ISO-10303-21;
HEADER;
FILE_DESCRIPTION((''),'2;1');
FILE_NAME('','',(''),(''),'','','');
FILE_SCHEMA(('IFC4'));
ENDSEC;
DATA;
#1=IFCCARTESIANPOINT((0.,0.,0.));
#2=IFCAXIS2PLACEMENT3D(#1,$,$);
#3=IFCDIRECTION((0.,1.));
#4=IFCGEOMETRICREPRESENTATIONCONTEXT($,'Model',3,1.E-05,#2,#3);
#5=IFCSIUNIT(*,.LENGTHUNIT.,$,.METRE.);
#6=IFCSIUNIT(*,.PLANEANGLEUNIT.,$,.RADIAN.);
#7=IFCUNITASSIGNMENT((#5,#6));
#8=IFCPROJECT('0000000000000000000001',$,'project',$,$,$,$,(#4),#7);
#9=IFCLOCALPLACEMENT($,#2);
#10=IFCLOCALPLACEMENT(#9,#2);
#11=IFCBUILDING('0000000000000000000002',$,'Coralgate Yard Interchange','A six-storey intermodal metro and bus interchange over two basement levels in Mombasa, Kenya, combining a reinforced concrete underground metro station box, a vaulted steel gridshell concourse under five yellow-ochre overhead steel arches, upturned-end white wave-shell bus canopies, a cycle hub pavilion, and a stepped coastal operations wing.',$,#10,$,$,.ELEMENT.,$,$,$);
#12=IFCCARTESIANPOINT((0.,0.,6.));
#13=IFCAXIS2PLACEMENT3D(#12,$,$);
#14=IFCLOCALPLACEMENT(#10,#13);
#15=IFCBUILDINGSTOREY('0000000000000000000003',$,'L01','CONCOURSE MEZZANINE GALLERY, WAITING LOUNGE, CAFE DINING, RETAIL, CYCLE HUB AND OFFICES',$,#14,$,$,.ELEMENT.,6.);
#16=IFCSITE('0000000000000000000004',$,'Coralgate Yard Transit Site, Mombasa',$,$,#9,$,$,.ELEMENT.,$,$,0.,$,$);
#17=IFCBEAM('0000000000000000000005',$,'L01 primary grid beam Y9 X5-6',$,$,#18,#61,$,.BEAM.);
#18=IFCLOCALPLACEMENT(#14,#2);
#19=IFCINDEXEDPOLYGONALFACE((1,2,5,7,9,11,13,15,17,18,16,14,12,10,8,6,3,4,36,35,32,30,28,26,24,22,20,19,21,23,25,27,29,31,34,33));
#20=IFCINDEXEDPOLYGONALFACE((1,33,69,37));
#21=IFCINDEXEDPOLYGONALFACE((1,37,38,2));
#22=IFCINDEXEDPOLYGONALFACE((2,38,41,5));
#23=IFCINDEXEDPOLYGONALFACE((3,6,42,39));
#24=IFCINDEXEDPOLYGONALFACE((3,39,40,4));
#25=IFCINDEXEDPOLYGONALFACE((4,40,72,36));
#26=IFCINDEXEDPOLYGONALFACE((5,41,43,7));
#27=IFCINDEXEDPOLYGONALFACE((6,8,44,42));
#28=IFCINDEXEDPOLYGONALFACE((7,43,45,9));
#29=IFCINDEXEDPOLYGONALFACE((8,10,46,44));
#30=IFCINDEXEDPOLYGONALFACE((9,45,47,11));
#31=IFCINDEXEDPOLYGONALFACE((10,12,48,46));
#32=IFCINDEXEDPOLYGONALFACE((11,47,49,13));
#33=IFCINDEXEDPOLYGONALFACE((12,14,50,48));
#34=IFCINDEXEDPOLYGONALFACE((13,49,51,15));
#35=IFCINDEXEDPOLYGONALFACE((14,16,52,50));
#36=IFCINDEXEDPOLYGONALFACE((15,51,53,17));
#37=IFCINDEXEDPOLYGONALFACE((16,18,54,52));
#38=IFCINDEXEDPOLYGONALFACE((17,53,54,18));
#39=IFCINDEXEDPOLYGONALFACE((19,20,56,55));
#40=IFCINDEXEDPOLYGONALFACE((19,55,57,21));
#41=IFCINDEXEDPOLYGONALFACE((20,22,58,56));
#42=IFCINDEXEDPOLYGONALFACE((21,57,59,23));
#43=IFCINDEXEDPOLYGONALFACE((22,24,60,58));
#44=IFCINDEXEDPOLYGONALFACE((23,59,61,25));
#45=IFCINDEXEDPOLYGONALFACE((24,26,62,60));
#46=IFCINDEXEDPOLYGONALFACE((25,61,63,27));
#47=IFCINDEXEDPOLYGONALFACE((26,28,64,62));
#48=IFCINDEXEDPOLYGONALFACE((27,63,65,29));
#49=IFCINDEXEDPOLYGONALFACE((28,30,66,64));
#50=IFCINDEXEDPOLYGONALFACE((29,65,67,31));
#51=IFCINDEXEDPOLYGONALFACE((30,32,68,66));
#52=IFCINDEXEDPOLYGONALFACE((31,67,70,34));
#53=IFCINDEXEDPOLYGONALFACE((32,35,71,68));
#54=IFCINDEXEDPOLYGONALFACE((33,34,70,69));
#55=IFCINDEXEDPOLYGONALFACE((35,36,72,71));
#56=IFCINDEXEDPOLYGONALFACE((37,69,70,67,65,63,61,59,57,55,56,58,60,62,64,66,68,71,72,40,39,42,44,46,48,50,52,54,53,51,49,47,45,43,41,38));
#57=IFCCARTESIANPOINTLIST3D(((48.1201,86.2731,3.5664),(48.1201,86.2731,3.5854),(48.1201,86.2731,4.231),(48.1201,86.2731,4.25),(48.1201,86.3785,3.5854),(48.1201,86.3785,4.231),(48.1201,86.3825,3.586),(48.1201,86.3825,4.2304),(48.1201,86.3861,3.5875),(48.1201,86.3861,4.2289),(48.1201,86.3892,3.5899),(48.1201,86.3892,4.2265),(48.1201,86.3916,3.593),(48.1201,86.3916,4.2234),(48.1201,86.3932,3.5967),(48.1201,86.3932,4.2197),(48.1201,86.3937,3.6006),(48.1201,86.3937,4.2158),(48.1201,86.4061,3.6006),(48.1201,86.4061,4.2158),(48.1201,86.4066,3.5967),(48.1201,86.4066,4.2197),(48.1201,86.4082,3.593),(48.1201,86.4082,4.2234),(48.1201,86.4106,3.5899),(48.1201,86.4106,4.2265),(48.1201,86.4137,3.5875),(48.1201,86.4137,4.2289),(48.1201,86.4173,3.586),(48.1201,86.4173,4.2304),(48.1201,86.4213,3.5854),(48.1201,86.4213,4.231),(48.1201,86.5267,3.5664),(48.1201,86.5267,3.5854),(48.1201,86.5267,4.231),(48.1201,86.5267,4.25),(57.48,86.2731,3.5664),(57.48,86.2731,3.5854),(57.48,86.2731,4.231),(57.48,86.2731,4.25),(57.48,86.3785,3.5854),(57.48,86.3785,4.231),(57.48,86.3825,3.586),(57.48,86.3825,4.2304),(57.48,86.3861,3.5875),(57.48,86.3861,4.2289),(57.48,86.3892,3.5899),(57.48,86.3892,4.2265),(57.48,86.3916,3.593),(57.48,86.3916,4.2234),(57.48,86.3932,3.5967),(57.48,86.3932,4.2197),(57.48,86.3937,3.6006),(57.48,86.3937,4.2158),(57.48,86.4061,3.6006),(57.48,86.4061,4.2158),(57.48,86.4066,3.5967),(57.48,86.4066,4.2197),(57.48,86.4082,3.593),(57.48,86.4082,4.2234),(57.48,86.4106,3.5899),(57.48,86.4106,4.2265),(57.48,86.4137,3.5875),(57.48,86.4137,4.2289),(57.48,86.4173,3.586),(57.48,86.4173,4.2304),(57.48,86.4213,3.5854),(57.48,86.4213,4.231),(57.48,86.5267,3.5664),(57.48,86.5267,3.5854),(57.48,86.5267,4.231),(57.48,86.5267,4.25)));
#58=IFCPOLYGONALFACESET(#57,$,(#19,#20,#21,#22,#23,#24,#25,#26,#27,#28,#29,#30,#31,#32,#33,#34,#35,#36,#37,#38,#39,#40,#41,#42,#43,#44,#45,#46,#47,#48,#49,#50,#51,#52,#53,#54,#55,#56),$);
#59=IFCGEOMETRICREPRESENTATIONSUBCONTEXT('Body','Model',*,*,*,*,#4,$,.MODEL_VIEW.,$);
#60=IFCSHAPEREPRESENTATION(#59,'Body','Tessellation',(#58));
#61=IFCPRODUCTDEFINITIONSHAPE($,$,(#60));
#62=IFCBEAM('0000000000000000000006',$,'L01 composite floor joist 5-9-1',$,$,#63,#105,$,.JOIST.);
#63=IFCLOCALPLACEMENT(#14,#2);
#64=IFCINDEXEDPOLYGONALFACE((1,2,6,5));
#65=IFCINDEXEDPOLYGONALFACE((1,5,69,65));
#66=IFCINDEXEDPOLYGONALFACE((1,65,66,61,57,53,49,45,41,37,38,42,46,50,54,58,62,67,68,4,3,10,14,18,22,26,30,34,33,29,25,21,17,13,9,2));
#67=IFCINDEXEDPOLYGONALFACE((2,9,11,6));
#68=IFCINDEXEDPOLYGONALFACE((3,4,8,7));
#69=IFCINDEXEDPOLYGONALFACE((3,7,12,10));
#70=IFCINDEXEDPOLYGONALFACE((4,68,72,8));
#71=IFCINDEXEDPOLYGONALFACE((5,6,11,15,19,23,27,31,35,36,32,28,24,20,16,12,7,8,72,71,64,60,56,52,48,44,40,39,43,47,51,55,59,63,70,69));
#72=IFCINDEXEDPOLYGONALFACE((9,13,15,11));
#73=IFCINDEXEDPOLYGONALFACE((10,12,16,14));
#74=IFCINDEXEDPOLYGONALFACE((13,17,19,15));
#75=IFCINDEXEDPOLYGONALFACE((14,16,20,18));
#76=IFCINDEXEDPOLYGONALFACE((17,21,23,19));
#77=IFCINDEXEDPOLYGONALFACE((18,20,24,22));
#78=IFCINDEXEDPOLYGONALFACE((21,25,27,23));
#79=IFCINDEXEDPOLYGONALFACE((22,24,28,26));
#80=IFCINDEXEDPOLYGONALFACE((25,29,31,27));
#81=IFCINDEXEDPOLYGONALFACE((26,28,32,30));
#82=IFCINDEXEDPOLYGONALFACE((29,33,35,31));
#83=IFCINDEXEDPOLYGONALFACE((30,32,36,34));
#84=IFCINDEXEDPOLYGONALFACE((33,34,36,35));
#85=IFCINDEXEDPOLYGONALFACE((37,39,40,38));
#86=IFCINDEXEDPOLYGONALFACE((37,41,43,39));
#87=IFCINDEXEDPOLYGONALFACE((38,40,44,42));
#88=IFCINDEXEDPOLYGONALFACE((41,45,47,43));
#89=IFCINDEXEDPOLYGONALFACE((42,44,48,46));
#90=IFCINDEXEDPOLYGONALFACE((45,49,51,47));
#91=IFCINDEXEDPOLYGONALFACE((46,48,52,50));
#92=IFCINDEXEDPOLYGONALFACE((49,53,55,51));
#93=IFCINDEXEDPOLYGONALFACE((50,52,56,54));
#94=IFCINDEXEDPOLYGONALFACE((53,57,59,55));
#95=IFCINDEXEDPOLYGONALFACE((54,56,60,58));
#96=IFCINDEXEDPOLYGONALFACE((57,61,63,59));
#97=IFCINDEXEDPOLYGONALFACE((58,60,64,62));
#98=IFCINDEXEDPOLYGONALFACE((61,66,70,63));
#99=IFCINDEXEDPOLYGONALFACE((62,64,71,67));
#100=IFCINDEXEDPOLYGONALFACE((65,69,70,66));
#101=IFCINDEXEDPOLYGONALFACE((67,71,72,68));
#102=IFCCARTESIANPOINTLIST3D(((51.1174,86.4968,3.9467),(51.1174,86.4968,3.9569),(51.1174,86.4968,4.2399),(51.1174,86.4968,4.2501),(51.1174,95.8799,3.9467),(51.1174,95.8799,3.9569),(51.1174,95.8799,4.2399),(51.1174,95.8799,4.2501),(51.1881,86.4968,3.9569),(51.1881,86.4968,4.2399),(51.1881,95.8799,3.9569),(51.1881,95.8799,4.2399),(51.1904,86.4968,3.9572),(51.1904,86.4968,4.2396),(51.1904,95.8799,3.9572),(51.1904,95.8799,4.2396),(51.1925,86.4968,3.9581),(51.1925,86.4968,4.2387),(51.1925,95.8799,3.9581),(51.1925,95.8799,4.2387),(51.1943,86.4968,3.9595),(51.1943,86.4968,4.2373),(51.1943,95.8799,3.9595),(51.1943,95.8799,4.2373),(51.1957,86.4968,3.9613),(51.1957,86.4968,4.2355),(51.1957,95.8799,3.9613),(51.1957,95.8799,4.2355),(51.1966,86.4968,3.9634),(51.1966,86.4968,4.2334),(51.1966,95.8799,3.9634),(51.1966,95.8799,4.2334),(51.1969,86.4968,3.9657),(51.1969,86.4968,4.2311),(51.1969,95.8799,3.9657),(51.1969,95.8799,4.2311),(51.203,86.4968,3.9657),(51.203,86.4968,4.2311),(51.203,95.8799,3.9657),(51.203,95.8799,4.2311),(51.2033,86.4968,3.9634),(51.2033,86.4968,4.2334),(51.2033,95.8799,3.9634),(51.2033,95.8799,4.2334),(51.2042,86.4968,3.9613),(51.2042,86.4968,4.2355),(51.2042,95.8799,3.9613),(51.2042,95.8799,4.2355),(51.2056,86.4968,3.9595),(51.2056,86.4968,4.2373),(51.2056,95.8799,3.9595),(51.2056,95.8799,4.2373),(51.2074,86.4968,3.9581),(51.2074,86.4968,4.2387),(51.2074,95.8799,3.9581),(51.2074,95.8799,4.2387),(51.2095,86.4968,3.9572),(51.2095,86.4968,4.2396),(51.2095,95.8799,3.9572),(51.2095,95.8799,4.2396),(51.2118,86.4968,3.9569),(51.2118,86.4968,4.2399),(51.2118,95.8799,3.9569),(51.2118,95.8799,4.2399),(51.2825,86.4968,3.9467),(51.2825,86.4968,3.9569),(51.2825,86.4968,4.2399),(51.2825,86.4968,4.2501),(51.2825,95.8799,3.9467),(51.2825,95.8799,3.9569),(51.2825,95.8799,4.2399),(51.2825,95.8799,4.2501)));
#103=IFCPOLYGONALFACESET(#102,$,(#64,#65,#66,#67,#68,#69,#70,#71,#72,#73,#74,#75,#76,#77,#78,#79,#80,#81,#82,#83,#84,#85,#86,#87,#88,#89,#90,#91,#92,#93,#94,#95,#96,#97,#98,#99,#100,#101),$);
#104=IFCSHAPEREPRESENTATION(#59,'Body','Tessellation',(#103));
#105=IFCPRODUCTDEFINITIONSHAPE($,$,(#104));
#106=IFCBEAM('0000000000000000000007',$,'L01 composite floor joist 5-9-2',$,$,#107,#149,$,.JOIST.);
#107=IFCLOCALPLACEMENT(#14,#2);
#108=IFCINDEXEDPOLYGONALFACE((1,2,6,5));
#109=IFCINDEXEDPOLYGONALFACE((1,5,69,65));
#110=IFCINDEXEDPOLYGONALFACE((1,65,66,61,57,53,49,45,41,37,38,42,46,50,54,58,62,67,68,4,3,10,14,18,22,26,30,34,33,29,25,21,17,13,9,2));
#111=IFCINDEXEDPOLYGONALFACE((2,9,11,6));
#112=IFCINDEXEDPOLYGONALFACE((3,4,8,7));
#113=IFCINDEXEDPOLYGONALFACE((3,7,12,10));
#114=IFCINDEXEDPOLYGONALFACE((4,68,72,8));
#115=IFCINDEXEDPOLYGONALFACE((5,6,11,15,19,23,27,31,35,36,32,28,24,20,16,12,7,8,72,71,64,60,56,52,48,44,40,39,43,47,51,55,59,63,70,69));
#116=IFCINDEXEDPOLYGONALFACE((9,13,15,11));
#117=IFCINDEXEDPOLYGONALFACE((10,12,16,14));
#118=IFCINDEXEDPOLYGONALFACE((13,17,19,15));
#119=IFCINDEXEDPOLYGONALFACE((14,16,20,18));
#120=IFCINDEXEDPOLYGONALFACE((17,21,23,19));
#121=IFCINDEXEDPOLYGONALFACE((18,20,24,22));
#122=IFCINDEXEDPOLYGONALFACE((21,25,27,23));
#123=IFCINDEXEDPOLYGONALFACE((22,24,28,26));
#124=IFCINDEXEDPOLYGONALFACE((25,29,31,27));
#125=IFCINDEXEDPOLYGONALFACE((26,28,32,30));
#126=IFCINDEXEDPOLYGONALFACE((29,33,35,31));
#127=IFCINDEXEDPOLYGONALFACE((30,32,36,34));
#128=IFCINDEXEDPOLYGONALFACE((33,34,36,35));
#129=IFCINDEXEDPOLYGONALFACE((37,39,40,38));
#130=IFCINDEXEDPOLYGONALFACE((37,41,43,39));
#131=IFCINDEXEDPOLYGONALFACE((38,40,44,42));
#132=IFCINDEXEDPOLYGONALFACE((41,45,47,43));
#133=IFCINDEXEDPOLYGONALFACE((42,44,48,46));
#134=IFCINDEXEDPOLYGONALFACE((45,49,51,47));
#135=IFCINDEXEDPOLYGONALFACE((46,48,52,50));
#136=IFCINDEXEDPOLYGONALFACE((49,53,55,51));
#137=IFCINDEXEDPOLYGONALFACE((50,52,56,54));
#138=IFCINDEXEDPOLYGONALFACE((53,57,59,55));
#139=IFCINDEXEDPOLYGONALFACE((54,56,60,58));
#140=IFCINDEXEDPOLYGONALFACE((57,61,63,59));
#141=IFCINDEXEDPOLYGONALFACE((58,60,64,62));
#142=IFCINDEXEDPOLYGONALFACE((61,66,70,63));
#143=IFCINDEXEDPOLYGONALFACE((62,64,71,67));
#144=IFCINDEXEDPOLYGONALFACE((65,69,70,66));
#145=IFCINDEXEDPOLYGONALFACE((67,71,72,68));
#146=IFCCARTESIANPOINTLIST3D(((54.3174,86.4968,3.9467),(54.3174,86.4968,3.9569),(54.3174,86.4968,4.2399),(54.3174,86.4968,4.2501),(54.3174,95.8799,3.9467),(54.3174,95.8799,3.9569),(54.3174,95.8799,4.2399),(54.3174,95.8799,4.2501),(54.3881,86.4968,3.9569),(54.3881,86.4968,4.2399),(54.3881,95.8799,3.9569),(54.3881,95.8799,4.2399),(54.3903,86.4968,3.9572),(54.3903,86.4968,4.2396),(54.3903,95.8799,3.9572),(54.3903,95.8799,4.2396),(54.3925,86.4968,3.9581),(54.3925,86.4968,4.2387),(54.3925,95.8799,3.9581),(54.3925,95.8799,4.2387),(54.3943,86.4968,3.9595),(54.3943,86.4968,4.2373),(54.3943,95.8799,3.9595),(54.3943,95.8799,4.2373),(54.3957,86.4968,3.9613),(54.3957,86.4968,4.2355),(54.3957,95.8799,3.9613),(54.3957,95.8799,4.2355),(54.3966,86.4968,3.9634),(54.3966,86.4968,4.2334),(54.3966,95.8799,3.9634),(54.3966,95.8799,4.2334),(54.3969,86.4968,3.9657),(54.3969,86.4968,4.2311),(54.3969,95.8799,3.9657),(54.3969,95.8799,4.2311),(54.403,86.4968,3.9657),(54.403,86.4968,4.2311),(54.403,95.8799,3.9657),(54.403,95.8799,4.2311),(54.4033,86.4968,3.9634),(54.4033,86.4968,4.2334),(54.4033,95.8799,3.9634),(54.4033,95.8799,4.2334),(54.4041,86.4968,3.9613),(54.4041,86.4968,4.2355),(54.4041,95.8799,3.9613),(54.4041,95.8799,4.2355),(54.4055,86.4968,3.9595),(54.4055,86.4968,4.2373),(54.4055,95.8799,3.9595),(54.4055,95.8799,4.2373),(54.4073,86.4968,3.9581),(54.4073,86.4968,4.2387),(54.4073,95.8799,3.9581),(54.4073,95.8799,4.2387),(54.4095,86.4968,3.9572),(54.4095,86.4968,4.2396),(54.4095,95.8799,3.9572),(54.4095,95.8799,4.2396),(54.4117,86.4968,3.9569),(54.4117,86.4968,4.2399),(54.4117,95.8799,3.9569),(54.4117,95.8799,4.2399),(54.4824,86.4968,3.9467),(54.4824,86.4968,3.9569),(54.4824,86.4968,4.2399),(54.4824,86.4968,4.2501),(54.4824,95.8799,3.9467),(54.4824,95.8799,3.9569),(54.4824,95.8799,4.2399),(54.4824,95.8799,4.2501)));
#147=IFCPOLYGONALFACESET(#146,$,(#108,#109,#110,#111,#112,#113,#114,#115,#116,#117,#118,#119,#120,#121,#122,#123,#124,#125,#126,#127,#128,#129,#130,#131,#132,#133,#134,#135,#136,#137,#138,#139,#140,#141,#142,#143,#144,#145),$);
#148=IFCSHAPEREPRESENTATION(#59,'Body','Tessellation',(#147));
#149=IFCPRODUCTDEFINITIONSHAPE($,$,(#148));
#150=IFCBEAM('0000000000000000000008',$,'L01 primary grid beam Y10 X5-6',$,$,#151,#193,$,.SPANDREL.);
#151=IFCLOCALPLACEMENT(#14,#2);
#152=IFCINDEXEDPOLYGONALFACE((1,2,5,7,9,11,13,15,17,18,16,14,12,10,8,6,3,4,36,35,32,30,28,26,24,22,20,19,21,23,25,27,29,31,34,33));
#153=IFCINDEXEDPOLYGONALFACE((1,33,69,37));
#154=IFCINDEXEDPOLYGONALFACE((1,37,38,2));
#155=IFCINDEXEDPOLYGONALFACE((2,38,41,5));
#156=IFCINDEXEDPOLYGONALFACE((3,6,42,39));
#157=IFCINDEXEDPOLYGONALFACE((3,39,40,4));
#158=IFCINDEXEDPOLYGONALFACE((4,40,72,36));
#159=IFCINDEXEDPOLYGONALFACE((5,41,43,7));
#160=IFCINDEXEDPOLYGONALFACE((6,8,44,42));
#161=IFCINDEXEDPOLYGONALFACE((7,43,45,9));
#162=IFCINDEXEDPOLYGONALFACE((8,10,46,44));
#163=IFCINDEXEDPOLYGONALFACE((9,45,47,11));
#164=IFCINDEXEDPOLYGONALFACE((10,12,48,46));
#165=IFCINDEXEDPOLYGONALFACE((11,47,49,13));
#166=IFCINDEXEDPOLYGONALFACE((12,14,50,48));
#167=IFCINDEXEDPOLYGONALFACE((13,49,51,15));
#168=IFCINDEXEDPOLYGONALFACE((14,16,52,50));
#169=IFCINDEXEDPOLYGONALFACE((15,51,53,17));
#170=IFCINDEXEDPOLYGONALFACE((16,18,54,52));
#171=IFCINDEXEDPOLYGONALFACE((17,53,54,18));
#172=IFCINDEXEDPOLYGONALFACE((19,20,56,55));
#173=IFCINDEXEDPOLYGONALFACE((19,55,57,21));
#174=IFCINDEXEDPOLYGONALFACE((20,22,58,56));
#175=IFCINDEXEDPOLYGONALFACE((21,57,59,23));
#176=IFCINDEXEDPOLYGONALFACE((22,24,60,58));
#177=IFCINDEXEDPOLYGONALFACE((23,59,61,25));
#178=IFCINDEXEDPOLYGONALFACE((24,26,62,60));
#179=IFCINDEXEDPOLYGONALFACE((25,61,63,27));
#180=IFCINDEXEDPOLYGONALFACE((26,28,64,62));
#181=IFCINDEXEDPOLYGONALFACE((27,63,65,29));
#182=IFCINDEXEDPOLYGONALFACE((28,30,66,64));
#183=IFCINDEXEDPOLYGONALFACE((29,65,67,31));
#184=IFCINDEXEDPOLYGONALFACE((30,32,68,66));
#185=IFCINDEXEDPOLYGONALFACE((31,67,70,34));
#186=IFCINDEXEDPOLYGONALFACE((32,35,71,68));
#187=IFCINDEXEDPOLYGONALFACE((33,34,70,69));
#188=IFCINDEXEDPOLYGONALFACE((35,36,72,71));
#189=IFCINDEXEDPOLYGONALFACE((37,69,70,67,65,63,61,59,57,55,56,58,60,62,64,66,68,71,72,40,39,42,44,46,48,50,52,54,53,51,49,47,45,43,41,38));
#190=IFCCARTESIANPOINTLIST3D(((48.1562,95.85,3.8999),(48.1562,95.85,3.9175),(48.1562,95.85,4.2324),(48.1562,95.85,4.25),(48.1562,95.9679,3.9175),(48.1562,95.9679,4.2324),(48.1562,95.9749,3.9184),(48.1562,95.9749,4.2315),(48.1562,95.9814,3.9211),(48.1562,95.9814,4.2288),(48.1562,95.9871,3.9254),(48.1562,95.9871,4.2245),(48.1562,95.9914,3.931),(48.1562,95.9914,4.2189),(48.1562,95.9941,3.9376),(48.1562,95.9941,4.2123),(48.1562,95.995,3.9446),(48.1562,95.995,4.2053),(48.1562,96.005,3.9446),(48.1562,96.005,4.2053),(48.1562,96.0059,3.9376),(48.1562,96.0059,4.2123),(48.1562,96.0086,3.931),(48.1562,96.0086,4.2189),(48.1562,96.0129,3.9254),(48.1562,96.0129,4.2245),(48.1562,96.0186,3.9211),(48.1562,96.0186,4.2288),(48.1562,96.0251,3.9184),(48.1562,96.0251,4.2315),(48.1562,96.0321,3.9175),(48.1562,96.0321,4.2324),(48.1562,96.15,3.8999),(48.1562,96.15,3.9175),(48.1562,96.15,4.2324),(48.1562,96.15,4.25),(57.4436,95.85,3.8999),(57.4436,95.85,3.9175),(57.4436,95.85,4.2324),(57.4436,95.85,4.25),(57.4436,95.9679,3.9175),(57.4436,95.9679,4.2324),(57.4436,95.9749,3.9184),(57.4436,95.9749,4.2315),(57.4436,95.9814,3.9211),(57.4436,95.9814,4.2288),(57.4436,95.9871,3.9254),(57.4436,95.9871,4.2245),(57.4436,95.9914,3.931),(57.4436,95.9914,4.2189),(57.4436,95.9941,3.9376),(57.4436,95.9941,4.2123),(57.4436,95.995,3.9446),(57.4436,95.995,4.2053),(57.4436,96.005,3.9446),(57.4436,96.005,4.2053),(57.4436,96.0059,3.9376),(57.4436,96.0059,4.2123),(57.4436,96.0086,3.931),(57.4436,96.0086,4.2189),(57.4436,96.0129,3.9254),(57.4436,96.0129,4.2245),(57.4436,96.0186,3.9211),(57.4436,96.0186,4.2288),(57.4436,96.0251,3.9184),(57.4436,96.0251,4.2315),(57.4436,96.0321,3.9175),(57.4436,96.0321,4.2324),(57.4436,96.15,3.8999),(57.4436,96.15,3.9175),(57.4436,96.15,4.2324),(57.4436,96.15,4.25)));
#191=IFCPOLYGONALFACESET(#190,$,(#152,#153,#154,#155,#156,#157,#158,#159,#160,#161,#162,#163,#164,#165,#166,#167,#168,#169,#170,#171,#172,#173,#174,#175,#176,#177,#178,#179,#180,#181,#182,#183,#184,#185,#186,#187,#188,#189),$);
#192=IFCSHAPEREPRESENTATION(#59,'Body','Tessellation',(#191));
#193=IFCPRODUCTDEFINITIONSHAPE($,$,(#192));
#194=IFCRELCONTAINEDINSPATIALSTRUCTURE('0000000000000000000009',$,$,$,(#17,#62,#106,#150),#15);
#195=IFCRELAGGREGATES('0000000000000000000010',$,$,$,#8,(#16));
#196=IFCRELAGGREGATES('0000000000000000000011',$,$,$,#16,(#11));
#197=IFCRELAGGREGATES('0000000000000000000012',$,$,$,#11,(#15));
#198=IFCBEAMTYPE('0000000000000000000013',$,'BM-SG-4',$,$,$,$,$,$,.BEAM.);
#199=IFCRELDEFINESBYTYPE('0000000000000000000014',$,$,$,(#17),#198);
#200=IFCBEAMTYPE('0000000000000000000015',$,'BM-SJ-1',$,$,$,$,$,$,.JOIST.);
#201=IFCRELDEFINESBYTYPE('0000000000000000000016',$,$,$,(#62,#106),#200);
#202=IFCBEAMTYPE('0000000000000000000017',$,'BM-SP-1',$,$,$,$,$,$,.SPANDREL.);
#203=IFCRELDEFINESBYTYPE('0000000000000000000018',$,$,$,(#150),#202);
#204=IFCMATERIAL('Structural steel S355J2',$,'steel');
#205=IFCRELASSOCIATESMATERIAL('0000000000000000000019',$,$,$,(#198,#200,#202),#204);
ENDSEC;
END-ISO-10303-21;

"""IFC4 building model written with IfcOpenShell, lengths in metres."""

from ifc_helpers import new_model, si_unit, direction, frame, origin, origin_2d, place, context, subcontext, project, spatial, i_section, extrude, material, material_profile, profile_set, type_object, element, save


model = new_model("IFC4")

# Units and contexts
model_context = context("Model", 3, precision=1e-05, world=origin(), true_north=direction((0.0, 1.0)))
body_context = subcontext(model_context, "Body", "Model", "MODEL_VIEW")
ifc_project = project(units=[si_unit("LENGTHUNIT", "METRE"), si_unit("PLANEANGLEUNIT", "RADIAN")], contexts=[model_context])

# Site, building, storey
site_placement = place(None, origin())
site = spatial("IfcSite", under=ifc_project, at=site_placement, Name="Coralgate Yard Transit Site, Mombasa", CompositionType="ELEMENT", RefElevation=0.0)
building_placement = place(site_placement, origin())
building = spatial("IfcBuilding", under=site, at=building_placement, Name="Coralgate Yard Interchange", Description="A six-storey intermodal metro and bus interchange over two basement levels in Mombasa, Kenya, combining a reinforced concrete underground metro station box, a vaulted steel gridshell concourse under five yellow-ochre overhead steel arches, upturned-end white wave-shell bus canopies, a cycle hub pavilion, and a stepped coastal operations wing.", CompositionType="ELEMENT")
storey_placement = place(building_placement, frame((0.0, 0.0, 6.0)))
storey = spatial("IfcBuildingStorey", under=building, at=storey_placement, Name="L01", Description="CONCOURSE MEZZANINE GALLERY, WAITING LOUNGE, CAFE DINING, RETAIL, CYCLE HUB AND OFFICES", CompositionType="ELEMENT", Elevation=6.0)

# Shared definitions
ifc_material_1 = material(Name="Structural steel S355J2", Category="steel")

# Beams
ifc_material_profile_1 = material_profile(ifc_material_1, i_section(OverallWidth=0.2537, OverallDepth=0.6836, WebThickness=0.0125, FlangeThickness=0.019, FilletRadius=0.0151, at=origin_2d()), Name="UB 686x254x140")
ifc_profile_set_1 = profile_set([ifc_material_profile_1], Name="Structural steel S355J2")
beam_type_1 = type_object("IfcBeamType", Name="BM-SG-4", PredefinedType="BEAM", material=ifc_profile_set_1)
beam_1_placement = place(storey_placement, frame((48.1201, 86.3999, 3.9082), z_axis=(1.0, 0.0, 0.0), x_axis=(0.0, 1.0, 0.0)))
element("IfcBeam", 1, at=beam_1_placement, inside=storey, type_object=beam_type_1, Name="L01 primary grid beam Y9 X5-6", PredefinedType="BEAM", context=body_context, shape_type="SweptSolid", body=[
    extrude(i_section(OverallWidth=0.2537, OverallDepth=0.6836, WebThickness=0.0125, FlangeThickness=0.019, FilletRadius=0.0151, at=origin_2d()), origin(), (0.0, 0.0, 1.0), 9.3599),
])
ifc_material_profile_2 = material_profile(ifc_material_1, i_section(OverallWidth=0.165, OverallDepth=0.3035, WebThickness=0.0061, FlangeThickness=0.0103, FilletRadius=0.0088, at=origin_2d()), Name="UB 305x165x40")
ifc_profile_set_2 = profile_set([ifc_material_profile_2], Name="Structural steel S355J2")
beam_type_2 = type_object("IfcBeamType", Name="BM-SJ-1", PredefinedType="JOIST", material=ifc_profile_set_2)
for number, where, z_axis, x_axis, name in (
    (2, (51.2, 86.4968, 4.0984), (0.0, 1.0, 0.0), (-1.0, 0.0, 0.0), "L01 composite floor joist 5-9-1"),
    (3, (54.3999, 86.4968, 4.0984), (0.0, 1.0, 0.0), (-1.0, 0.0, 0.0), "L01 composite floor joist 5-9-2"),
):
    element("IfcBeam", number, at=place(storey_placement, frame(where, z_axis=z_axis, x_axis=x_axis)), inside=storey, type_object=beam_type_2, Name=name, PredefinedType="JOIST", context=body_context, shape_type="SweptSolid", body=[
        extrude(i_section(OverallWidth=0.165, OverallDepth=0.3035, WebThickness=0.0061, FlangeThickness=0.0103, FilletRadius=0.0088, at=origin_2d()), origin(), (0.0, 0.0, 1.0), 9.3831),
    ])
ifc_material_profile_3 = material_profile(ifc_material_1, i_section(OverallWidth=0.3, OverallDepth=0.3501, WebThickness=0.01, FlangeThickness=0.0176, FilletRadius=0.0271, at=origin_2d()), Name="HEA 360")
ifc_profile_set_3 = profile_set([ifc_material_profile_3], Name="Structural steel S355J2")
beam_type_3 = type_object("IfcBeamType", Name="BM-SP-1", PredefinedType="SPANDREL", material=ifc_profile_set_3)
beam_2_placement = place(storey_placement, frame((48.1562, 96.0, 4.075), z_axis=(1.0, 0.0, 0.0), x_axis=(0.0, 1.0, 0.0)))
element("IfcBeam", 4, at=beam_2_placement, inside=storey, type_object=beam_type_3, Name="L01 primary grid beam Y10 X5-6", PredefinedType="SPANDREL", context=body_context, shape_type="SweptSolid", body=[
    extrude(i_section(OverallWidth=0.3, OverallDepth=0.3501, WebThickness=0.01, FlangeThickness=0.0176, FilletRadius=0.0271, at=origin_2d()), origin(), (0.0, 0.0, 1.0), 9.2874),
])

save(model, "model.ifc")
